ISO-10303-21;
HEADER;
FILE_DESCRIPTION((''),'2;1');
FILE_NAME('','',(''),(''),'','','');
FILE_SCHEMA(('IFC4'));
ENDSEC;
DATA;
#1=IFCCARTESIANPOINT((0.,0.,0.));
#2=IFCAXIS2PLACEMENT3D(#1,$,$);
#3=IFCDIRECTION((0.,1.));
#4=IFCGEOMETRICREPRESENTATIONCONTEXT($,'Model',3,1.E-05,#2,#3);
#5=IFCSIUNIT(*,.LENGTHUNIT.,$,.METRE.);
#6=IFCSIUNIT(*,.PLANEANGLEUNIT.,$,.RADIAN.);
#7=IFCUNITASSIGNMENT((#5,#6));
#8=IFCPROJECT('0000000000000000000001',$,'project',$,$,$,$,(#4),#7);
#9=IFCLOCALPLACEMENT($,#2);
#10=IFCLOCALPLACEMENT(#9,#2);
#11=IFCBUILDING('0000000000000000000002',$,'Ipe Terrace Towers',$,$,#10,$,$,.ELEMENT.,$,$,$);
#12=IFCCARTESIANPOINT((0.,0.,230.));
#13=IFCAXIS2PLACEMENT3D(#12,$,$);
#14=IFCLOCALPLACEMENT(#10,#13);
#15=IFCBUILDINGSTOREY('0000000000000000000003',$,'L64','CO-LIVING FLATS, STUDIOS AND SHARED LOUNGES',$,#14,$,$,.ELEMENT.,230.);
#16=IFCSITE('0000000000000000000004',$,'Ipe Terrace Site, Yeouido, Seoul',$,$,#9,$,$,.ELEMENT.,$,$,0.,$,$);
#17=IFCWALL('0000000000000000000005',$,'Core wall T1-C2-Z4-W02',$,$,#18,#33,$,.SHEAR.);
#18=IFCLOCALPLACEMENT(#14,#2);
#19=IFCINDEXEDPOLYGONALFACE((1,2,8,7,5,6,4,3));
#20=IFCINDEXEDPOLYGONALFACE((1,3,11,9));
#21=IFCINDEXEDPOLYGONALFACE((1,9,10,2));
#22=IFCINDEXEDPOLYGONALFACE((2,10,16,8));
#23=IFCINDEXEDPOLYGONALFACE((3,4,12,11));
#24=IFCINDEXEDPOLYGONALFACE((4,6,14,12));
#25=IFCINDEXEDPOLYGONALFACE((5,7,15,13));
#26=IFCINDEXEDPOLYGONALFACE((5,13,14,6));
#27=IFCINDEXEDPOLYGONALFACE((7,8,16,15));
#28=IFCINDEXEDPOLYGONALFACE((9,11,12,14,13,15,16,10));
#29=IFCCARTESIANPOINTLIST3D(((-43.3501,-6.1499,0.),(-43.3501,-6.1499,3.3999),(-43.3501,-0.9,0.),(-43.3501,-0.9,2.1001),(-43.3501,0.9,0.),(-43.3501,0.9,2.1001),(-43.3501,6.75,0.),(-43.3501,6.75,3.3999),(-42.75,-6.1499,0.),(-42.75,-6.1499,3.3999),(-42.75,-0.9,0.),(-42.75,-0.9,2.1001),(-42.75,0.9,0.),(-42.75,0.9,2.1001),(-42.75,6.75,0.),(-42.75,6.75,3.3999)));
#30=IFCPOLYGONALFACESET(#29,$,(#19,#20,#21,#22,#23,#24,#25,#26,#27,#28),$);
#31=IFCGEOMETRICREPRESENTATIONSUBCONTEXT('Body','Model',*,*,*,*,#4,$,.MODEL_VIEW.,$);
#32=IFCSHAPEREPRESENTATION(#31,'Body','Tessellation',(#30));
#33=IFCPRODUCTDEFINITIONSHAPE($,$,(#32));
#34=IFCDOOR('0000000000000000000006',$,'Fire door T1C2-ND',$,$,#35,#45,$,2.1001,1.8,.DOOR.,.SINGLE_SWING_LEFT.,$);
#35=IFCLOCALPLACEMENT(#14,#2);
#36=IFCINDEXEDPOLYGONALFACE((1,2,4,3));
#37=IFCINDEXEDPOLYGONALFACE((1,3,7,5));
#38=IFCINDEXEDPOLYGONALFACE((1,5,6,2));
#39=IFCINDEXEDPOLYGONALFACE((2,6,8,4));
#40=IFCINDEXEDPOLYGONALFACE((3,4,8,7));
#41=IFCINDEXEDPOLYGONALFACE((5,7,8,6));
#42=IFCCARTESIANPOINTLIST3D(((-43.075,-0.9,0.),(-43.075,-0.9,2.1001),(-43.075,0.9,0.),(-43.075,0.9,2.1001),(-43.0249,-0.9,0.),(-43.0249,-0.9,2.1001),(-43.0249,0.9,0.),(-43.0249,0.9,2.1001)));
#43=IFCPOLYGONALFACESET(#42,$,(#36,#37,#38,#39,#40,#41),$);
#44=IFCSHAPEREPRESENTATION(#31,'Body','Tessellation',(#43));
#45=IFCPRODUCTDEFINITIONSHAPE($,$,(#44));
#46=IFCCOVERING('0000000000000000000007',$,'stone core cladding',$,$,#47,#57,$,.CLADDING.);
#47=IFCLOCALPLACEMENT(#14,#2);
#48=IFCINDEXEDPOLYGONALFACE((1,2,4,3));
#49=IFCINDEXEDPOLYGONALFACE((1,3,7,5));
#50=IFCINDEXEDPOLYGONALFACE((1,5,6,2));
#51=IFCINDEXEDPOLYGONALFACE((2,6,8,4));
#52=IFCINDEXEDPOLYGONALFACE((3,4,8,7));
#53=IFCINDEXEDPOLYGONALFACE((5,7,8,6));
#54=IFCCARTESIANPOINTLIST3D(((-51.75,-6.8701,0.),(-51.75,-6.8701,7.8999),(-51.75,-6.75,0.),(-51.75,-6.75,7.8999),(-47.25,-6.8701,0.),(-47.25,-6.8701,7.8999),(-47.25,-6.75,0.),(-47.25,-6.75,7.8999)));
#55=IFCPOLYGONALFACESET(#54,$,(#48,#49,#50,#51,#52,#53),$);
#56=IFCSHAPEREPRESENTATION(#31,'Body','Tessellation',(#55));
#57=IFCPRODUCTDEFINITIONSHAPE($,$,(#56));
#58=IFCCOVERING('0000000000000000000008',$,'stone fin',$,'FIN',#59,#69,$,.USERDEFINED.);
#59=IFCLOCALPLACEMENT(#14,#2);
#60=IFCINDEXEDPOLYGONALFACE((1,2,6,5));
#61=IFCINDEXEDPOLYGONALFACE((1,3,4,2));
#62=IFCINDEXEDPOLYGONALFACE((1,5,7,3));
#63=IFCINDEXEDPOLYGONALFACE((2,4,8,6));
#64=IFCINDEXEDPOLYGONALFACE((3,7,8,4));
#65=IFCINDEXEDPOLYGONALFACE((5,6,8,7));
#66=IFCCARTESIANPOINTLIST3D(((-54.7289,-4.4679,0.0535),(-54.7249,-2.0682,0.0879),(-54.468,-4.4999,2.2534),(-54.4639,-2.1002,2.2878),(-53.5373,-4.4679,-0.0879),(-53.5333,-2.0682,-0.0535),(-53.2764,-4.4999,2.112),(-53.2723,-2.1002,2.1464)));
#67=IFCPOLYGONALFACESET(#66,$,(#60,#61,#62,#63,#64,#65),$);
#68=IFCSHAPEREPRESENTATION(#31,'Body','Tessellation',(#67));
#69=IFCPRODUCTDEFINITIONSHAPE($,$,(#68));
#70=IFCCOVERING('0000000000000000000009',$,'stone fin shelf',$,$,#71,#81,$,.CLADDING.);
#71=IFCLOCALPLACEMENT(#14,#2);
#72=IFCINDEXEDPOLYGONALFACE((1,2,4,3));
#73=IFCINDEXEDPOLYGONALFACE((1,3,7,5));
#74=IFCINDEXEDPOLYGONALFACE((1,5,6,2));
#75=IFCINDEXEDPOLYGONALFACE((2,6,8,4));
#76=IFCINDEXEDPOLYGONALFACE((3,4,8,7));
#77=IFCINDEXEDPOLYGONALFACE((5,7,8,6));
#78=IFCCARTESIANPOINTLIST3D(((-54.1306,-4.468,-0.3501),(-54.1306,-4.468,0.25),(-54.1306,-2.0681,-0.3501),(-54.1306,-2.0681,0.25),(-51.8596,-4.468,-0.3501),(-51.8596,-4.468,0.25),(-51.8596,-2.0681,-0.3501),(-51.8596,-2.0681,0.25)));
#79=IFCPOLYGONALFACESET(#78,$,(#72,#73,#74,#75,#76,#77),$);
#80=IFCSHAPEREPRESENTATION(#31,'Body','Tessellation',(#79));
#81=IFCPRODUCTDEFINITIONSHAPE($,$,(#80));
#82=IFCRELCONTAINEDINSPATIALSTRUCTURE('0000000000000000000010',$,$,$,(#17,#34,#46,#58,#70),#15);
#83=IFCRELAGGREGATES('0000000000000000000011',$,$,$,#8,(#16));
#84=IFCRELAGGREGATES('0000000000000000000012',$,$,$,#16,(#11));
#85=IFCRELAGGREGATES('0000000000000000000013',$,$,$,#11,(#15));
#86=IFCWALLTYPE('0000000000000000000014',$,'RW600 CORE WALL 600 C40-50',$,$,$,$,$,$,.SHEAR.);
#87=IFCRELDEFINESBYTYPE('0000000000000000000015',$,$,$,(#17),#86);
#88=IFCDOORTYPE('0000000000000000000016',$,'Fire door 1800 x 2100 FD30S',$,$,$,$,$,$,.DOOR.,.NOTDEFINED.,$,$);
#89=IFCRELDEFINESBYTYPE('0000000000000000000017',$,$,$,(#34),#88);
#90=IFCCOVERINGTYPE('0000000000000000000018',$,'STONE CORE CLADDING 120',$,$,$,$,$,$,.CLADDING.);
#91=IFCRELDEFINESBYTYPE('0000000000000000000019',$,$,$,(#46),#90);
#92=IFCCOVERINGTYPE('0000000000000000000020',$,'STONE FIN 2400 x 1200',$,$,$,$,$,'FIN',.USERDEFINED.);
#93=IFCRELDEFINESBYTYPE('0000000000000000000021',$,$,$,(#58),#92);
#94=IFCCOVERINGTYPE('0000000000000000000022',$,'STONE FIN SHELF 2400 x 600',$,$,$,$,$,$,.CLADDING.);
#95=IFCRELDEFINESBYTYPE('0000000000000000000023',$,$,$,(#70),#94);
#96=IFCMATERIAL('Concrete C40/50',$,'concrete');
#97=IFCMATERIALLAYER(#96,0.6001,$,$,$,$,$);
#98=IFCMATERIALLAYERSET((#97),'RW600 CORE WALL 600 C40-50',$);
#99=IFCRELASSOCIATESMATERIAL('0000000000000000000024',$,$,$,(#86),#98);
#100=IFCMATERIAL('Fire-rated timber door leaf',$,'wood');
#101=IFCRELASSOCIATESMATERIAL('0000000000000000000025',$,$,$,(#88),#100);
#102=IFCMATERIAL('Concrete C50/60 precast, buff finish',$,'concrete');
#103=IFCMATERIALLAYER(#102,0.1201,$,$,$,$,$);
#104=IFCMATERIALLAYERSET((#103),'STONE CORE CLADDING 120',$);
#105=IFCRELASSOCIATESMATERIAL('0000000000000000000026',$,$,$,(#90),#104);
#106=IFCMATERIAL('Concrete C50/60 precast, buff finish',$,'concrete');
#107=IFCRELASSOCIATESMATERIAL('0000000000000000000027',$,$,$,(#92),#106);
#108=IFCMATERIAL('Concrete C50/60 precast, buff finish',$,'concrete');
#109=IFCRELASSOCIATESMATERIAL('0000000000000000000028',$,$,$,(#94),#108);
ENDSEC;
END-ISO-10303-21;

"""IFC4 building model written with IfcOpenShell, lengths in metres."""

from ifc_helpers import new_model, si_unit, direction, frame, frame_2d, origin, origin_2d, place, context, subcontext, project, spatial, rectangle, extrude, material, layer, layer_set, material_profile, profile_set, type_object, element, fill, save


model = new_model("IFC4")

# Units and contexts
model_context = context("Model", 3, precision=1e-05, world=origin(), true_north=direction((0.0, 1.0)))
body_context = subcontext(model_context, "Body", "Model", "MODEL_VIEW")
ifc_project = project(units=[si_unit("LENGTHUNIT", "METRE"), si_unit("PLANEANGLEUNIT", "RADIAN")], contexts=[model_context])

# Site, building, storey
site_placement = place(None, origin())
site = spatial("IfcSite", under=ifc_project, at=site_placement, Name="Ipe Terrace Site, Yeouido, Seoul", CompositionType="ELEMENT", RefElevation=0.0)
building_placement = place(site_placement, origin())
building = spatial("IfcBuilding", under=site, at=building_placement, Name="Ipe Terrace Towers", CompositionType="ELEMENT")
storey_placement = place(building_placement, frame((0.0, 0.0, 230.0)))
storey = spatial("IfcBuildingStorey", under=building, at=storey_placement, Name="L64", Description="CO-LIVING FLATS, STUDIOS AND SHARED LOUNGES", CompositionType="ELEMENT", Elevation=230.0)

# Shared definitions
ifc_material_1 = material(Name="Concrete C40/50", Category="concrete")
ifc_layer_1 = layer(ifc_material_1, 0.6001)
ifc_layer_set_1 = layer_set([ifc_layer_1], Name="RW600 CORE WALL 600 C40-50")
wall_type_1 = type_object("IfcWallType", Name="RW600 CORE WALL 600 C40-50", PredefinedType="SHEAR", material=ifc_layer_set_1)

# Wall, opening, door
wall_1_placement = place(storey_placement, frame((-43.05, -6.1499, 0.0), z_axis=(0.0, 0.0, 1.0), x_axis=(0.0, 1.0, 0.0)))
wall_1 = element("IfcWall", 1, at=wall_1_placement, inside=storey, type_object=wall_type_1, Name="Core wall T1-C2-Z4-W02", PredefinedType="SHEAR", context=body_context, shape_type="SweptSolid", body=[
    extrude(rectangle(XDim=12.8999, YDim=0.6001, at=frame_2d((6.45, 0.0))), origin(), (0.0, 0.0, 1.0), 3.3999),
])
opening_1_placement = place(wall_1_placement, frame((5.25, 0.0, 0.0)))
opening_1 = element("IfcOpeningElement", 2, at=opening_1_placement, cuts=wall_1, PredefinedType="OPENING", context=body_context, shape_type="SweptSolid", body=[
    extrude(rectangle(XDim=1.8, YDim=2.1001, at=frame_2d((0.8999, 1.05))), frame((0.0, 0.3101, 0.0), z_axis=(0.0, -1.0, 0.0), x_axis=(1.0, 0.0, 0.0)), (0.0, 0.0, 1.0), 0.6201),
])
ifc_material_2 = material(Name="Fire-rated timber door leaf", Category="wood")
door_type_1 = type_object("IfcDoorType", Name="Fire door 1800 x 2100 FD30S", OperationType="NOTDEFINED", PredefinedType="DOOR", material=ifc_material_2)
door_1_placement = place(opening_1_placement, origin())
door_1 = element("IfcDoor", 3, at=door_1_placement, inside=storey, type_object=door_type_1, Name="Fire door T1C2-ND", OperationType="SINGLE_SWING_LEFT", OverallHeight=2.1001, OverallWidth=1.8, PredefinedType="DOOR", context=body_context, shape_type="SweptSolid", body=[
    extrude(rectangle(XDim=1.8, YDim=2.1001, at=frame_2d((0.8999, 1.05))), frame((0.0, 0.0249, 0.0), z_axis=(0.0, -1.0, 0.0), x_axis=(1.0, 0.0, 0.0)), (0.0, 0.0, 1.0), 0.05),
])
fill(opening_1, door_1)

# Coverings
ifc_material_3 = material(Name="Concrete C50/60 precast, buff finish", Category="concrete")
ifc_layer_2 = layer(ifc_material_3, 0.1201)
ifc_layer_set_2 = layer_set([ifc_layer_2], Name="STONE CORE CLADDING 120")
covering_type_1 = type_object("IfcCoveringType", Name="STONE CORE CLADDING 120", PredefinedType="CLADDING", material=ifc_layer_set_2)
covering_1_placement = place(storey_placement, frame((-49.5, -6.8101, 0.0), z_axis=(0.0, 0.0, 1.0), x_axis=(1.0, 0.0, 0.0)))
element("IfcCovering", 4, at=covering_1_placement, inside=storey, type_object=covering_type_1, Name="stone core cladding", PredefinedType="CLADDING", context=body_context, shape_type="SweptSolid", body=[
    extrude(rectangle(XDim=4.5, YDim=0.1201, at=origin_2d()), origin(), (0.0, 0.0, 1.0), 7.8999),
])
ifc_material_4 = material(Name="Concrete C50/60 precast, buff finish", Category="concrete")
ifc_material_profile_1 = material_profile(ifc_material_4, rectangle(XDim=2.3999, YDim=1.2, at=origin_2d()), Name="STONE FIN 2400 x 1200")
ifc_profile_set_1 = profile_set([ifc_material_profile_1], Name="Concrete C50/60 precast, buff finish")
covering_type_2 = type_object("IfcCoveringType", Name="STONE FIN 2400 x 1200", ElementType="FIN", PredefinedType="USERDEFINED", material=ifc_profile_set_1)
covering_2_placement = place(storey_placement, frame((-54.1311, -3.2681, 0.0), z_axis=(0.117794, -0.014435, 0.992933), x_axis=(-0.001701, -0.999896, -0.014335)))
element("IfcCovering", 5, at=covering_2_placement, inside=storey, type_object=covering_type_2, Name="stone fin", ObjectType="FIN", PredefinedType="USERDEFINED", context=body_context, shape_type="SweptSolid", body=[
    extrude(rectangle(XDim=2.3999, YDim=1.2, at=origin_2d()), origin(), (0.0, 0.0, 1.0), 2.2156),
])
ifc_material_5 = material(Name="Concrete C50/60 precast, buff finish", Category="concrete")
covering_type_3 = type_object("IfcCoveringType", Name="STONE FIN SHELF 2400 x 600", PredefinedType="CLADDING", material=ifc_material_5)
covering_3_placement = place(storey_placement, frame((-52.9951, -3.2681, -0.3501), z_axis=(0.0, 0.0, 1.0), x_axis=(0.0, -1.0, 0.0)))
element("IfcCovering", 6, at=covering_3_placement, inside=storey, type_object=covering_type_3, Name="stone fin shelf", PredefinedType="CLADDING", context=body_context, shape_type="SweptSolid", body=[
    extrude(rectangle(XDim=2.3999, YDim=2.271, at=origin_2d()), origin(), (0.0, 0.0, 1.0), 0.6001),
])

save(model, "model.ifc")
